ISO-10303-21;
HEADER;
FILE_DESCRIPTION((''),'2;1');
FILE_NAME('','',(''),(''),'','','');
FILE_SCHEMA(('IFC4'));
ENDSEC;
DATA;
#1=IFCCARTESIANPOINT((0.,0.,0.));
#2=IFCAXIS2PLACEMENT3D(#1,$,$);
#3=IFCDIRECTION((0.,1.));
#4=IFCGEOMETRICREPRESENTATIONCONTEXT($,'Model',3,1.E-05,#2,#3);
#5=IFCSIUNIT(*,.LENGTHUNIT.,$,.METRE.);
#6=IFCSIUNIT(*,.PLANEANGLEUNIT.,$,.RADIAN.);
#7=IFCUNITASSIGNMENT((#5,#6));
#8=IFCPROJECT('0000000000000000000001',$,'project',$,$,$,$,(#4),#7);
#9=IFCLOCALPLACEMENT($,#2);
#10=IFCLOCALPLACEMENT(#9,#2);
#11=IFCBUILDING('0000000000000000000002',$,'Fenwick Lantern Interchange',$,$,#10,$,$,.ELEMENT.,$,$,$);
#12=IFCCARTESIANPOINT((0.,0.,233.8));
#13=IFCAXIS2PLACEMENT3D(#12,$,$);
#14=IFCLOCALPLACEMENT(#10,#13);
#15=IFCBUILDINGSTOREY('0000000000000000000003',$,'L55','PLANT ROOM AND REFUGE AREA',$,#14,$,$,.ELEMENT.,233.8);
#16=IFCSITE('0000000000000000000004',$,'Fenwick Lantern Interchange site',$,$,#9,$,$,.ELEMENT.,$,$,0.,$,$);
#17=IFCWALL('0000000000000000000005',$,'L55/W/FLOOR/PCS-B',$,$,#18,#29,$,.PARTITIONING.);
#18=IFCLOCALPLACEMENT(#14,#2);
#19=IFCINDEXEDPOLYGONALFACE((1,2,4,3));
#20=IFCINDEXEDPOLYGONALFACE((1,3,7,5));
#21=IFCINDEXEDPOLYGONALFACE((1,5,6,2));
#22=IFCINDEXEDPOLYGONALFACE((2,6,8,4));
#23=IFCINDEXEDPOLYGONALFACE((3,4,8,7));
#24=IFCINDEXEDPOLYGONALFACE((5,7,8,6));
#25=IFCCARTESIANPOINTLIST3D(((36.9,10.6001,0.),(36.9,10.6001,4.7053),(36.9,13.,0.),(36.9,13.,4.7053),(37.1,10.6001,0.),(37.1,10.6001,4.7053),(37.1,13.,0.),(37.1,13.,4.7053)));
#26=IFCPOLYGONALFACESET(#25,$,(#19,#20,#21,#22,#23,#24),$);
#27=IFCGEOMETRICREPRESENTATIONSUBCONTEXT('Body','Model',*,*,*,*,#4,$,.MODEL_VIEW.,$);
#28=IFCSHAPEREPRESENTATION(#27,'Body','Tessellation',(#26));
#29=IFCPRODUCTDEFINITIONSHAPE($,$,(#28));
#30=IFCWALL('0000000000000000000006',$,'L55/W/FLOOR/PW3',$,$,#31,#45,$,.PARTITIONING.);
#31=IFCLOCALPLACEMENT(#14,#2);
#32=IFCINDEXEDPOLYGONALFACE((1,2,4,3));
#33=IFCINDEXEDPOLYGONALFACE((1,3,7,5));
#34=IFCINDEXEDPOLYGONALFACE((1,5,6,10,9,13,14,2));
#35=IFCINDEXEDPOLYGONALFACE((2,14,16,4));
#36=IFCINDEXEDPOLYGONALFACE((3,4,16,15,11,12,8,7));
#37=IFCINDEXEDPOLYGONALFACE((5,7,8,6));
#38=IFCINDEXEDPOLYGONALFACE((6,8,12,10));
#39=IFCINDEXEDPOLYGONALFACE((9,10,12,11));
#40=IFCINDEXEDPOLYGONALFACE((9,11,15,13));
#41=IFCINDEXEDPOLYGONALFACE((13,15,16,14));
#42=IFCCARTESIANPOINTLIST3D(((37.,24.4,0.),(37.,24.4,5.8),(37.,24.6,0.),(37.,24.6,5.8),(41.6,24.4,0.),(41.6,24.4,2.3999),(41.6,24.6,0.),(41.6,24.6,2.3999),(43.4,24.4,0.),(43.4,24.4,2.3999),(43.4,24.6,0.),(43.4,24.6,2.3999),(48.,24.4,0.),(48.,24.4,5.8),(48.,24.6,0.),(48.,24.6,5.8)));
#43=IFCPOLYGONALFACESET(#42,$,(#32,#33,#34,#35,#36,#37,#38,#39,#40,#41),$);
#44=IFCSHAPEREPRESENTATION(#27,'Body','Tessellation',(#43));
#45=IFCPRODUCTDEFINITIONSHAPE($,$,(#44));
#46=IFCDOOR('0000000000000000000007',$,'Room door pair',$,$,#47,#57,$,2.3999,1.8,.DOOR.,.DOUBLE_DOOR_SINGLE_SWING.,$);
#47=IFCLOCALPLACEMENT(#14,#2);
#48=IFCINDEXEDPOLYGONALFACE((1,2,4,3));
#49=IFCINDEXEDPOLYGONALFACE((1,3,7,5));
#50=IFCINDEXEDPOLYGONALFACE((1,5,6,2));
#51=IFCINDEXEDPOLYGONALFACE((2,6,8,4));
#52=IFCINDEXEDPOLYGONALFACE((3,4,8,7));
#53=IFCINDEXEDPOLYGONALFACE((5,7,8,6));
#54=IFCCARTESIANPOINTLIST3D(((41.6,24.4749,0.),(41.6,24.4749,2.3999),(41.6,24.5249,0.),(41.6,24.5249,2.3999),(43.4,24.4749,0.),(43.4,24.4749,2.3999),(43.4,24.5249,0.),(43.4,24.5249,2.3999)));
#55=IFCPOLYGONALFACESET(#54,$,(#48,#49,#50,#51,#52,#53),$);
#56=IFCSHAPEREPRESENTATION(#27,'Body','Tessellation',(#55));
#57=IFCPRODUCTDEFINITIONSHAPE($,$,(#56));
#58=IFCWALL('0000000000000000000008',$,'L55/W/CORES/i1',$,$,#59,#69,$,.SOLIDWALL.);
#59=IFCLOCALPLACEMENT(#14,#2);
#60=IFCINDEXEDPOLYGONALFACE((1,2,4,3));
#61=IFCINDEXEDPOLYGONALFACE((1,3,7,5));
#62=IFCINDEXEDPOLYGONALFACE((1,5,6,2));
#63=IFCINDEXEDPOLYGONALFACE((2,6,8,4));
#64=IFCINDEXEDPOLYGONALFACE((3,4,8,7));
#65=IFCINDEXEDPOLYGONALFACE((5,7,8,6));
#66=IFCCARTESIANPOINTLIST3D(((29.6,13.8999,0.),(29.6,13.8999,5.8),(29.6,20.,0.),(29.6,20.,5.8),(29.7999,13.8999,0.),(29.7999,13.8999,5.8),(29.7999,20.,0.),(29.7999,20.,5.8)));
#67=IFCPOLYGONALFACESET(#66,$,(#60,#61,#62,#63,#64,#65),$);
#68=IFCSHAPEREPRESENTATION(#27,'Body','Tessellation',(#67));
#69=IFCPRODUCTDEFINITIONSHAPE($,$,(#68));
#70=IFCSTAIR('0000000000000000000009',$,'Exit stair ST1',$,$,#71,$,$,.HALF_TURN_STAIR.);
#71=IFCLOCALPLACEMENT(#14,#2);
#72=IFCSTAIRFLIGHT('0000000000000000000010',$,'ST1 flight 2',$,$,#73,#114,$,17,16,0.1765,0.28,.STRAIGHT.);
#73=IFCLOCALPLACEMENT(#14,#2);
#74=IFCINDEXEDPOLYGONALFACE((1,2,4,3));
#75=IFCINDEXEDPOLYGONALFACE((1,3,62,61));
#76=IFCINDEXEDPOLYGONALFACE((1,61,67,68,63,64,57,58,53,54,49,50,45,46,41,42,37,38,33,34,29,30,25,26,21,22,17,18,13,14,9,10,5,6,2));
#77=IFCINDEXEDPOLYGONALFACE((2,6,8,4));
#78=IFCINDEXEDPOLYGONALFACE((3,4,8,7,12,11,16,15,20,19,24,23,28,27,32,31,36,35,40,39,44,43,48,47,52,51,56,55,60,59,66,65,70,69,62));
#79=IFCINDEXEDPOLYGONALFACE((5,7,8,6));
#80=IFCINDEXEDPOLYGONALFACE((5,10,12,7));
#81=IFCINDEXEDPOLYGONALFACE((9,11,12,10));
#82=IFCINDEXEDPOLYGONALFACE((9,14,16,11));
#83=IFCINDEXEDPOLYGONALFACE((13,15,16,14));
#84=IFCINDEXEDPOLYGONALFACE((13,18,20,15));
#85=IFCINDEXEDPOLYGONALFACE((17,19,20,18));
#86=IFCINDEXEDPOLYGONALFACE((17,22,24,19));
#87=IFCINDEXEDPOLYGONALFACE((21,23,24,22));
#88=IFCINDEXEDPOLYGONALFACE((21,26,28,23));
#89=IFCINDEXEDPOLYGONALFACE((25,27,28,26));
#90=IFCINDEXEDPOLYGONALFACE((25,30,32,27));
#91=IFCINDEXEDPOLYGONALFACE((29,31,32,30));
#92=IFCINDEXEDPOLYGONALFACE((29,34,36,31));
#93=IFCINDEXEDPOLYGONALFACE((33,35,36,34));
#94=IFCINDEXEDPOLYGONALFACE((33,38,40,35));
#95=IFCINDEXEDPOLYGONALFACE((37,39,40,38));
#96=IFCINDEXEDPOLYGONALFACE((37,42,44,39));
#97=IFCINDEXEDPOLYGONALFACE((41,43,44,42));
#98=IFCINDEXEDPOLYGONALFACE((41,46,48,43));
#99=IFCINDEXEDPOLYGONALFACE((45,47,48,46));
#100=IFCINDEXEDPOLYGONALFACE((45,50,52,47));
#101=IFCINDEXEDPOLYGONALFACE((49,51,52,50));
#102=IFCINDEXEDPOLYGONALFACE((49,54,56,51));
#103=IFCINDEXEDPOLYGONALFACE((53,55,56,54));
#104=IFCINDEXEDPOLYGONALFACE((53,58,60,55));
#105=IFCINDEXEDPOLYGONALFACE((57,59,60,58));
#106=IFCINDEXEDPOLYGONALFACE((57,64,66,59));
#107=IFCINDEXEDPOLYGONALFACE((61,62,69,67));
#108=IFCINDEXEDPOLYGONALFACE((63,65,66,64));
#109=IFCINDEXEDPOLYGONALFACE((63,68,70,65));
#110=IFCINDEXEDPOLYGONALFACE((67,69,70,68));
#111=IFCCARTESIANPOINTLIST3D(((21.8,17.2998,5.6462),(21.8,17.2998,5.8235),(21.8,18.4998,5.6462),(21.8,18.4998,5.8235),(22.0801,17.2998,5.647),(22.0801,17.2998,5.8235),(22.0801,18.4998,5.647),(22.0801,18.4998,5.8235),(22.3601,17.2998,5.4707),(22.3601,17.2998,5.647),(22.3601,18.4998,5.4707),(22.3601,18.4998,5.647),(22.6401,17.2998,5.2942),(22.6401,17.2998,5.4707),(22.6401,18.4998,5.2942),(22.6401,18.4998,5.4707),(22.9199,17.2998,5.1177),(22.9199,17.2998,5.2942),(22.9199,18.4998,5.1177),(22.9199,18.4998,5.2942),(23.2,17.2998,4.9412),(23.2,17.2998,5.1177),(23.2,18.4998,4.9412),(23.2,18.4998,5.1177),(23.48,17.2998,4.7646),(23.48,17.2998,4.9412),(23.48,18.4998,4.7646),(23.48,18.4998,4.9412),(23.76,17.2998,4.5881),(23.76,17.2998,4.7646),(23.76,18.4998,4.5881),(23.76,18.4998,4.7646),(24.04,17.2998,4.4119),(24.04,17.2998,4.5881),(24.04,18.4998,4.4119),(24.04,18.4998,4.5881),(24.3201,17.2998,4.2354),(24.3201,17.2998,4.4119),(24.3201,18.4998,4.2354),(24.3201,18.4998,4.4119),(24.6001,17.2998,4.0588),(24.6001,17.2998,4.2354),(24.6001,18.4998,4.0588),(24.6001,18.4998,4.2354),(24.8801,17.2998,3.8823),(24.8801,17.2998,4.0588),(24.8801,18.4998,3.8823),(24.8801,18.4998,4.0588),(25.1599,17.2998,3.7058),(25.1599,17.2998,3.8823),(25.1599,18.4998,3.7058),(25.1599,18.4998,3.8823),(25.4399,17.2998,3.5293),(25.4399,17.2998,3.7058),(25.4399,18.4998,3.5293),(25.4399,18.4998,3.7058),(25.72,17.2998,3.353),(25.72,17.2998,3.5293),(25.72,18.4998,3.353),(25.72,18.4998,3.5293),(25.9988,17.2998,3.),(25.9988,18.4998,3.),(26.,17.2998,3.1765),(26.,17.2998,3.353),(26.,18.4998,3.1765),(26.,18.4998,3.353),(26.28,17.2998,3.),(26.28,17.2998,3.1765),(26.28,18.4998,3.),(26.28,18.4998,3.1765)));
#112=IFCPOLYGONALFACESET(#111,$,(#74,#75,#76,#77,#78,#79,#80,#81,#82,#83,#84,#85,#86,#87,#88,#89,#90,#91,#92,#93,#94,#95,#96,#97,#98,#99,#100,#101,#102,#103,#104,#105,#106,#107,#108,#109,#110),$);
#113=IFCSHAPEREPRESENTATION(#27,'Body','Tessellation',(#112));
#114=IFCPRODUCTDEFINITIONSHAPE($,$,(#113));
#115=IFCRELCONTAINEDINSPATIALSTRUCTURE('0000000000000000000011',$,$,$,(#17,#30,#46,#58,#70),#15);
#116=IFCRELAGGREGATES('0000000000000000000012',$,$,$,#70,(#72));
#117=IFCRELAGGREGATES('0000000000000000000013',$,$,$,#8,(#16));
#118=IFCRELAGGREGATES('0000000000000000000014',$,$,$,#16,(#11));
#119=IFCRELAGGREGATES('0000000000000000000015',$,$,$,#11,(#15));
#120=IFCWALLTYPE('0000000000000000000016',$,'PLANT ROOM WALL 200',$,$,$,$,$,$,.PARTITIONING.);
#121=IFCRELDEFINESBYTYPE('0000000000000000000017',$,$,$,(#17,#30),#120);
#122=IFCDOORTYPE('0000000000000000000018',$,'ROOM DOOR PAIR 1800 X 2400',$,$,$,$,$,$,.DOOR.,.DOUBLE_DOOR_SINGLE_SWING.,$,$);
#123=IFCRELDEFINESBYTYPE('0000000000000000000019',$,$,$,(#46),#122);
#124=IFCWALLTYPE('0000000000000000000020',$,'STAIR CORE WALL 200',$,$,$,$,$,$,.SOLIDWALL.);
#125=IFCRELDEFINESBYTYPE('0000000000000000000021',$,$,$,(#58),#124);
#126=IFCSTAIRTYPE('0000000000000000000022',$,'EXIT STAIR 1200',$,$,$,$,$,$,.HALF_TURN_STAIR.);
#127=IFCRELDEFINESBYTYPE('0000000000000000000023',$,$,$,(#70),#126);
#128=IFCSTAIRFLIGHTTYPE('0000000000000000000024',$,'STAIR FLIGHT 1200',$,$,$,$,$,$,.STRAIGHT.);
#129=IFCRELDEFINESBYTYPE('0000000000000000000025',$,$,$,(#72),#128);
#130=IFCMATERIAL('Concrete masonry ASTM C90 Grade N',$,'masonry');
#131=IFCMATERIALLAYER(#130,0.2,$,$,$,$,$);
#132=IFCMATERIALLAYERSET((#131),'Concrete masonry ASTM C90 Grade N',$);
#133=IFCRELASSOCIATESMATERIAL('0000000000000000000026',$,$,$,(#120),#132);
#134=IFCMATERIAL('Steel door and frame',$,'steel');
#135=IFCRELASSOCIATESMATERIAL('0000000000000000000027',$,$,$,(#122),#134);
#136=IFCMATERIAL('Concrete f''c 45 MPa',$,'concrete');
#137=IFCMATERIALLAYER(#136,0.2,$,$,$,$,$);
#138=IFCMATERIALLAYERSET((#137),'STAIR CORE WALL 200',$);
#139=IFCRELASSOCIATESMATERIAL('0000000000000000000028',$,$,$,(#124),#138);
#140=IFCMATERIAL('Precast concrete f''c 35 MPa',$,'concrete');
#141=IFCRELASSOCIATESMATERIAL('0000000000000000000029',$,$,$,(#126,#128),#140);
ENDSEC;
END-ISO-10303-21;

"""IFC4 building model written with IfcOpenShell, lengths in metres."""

from ifc_helpers import new_model, si_unit, direction, frame, frame_2d, origin, place, context, subcontext, project, spatial, polyline, rectangle, outline, extrude, material, layer, layer_set, type_object, element, fill, aggregate, save


model = new_model("IFC4")

# Units and contexts
model_context = context("Model", 3, precision=1e-05, world=origin(), true_north=direction((0.0, 1.0)))
body_context = subcontext(model_context, "Body", "Model", "MODEL_VIEW")
ifc_project = project(units=[si_unit("LENGTHUNIT", "METRE"), si_unit("PLANEANGLEUNIT", "RADIAN")], contexts=[model_context])

# Site, building, storey
site_placement = place(None, origin())
site = spatial("IfcSite", under=ifc_project, at=site_placement, Name="Fenwick Lantern Interchange site", CompositionType="ELEMENT", RefElevation=0.0)
building_placement = place(site_placement, origin())
building = spatial("IfcBuilding", under=site, at=building_placement, Name="Fenwick Lantern Interchange", CompositionType="ELEMENT")
storey_placement = place(building_placement, frame((0.0, 0.0, 233.8)))
storey = spatial("IfcBuildingStorey", under=building, at=storey_placement, Name="L55", Description="PLANT ROOM AND REFUGE AREA", CompositionType="ELEMENT", Elevation=233.8)

# Shared definitions
ifc_material_1 = material(Name="Concrete masonry ASTM C90 Grade N", Category="masonry")
ifc_material_2 = material(Name="Steel door and frame", Category="steel")

# Wall
ifc_layer_1 = layer(ifc_material_1, 0.2)
ifc_layer_set_1 = layer_set([ifc_layer_1], Name="Concrete masonry ASTM C90 Grade N")
wall_type_1 = type_object("IfcWallType", Name="PLANT ROOM WALL 200", PredefinedType="PARTITIONING", material=ifc_layer_set_1)
wall_1_placement = place(storey_placement, frame((37.0, 10.6001, 0.0), z_axis=(0.0, 0.0, 1.0), x_axis=(0.0, 1.0, 0.0)))
element("IfcWall", 1, at=wall_1_placement, inside=storey, type_object=wall_type_1, Name="L55/W/FLOOR/PCS-B", PredefinedType="PARTITIONING", context=body_context, shape_type="SweptSolid", body=[
    extrude(rectangle(XDim=2.3999, YDim=0.2, at=frame_2d((1.2, 0.0))), origin(), (0.0, 0.0, 1.0), 4.7053),
])

# Wall, opening, door
wall_2_placement = place(storey_placement, frame((37.0, 24.5, 0.0), z_axis=(0.0, 0.0, 1.0), x_axis=(1.0, 0.0, 0.0)))
wall_2 = element("IfcWall", 2, at=wall_2_placement, inside=storey, type_object=wall_type_1, Name="L55/W/FLOOR/PW3", PredefinedType="PARTITIONING", context=body_context, shape_type="SweptSolid", body=[
    extrude(rectangle(XDim=11.0, YDim=0.2, at=frame_2d((5.5, 0.0))), origin(), (0.0, 0.0, 1.0), 5.8),
])
opening_1_placement = place(wall_2_placement, frame((4.6001, 0.0, 0.0)))
opening_1 = element("IfcOpeningElement", 3, at=opening_1_placement, cuts=wall_2, PredefinedType="OPENING", context=body_context, shape_type="SweptSolid", body=[
    extrude(rectangle(XDim=1.8, YDim=2.3999, at=frame_2d((0.8999, 1.2))), frame((0.0, 0.1099, 0.0), z_axis=(0.0, -1.0, 0.0), x_axis=(1.0, 0.0, 0.0)), (0.0, 0.0, 1.0), 0.22),
])
door_type_1 = type_object("IfcDoorType", Name="ROOM DOOR PAIR 1800 X 2400", OperationType="DOUBLE_DOOR_SINGLE_SWING", PredefinedType="DOOR", material=ifc_material_2)
door_1_placement = place(opening_1_placement, origin())
door_1 = element("IfcDoor", 4, at=door_1_placement, inside=storey, type_object=door_type_1, Name="Room door pair", OperationType="DOUBLE_DOOR_SINGLE_SWING", OverallHeight=2.3999, OverallWidth=1.8, PredefinedType="DOOR", context=body_context, shape_type="SweptSolid", body=[
    extrude(rectangle(XDim=1.8, YDim=2.3999, at=frame_2d((0.8999, 1.2))), frame((0.0, 0.0249, 0.0), z_axis=(0.0, -1.0, 0.0), x_axis=(1.0, 0.0, 0.0)), (0.0, 0.0, 1.0), 0.05),
])
fill(opening_1, door_1)

# Wall
ifc_material_3 = material(Name="Concrete f'c 45 MPa", Category="concrete")
ifc_layer_2 = layer(ifc_material_3, 0.2)
ifc_layer_set_2 = layer_set([ifc_layer_2], Name="STAIR CORE WALL 200")
wall_type_2 = type_object("IfcWallType", Name="STAIR CORE WALL 200", PredefinedType="SOLIDWALL", material=ifc_layer_set_2)
wall_3_placement = place(storey_placement, frame((29.7, 13.8999, 0.0), z_axis=(0.0, 0.0, 1.0), x_axis=(0.0, 1.0, 0.0)))
element("IfcWall", 5, at=wall_3_placement, inside=storey, type_object=wall_type_2, Name="L55/W/CORES/i1", PredefinedType="SOLIDWALL", context=body_context, shape_type="SweptSolid", body=[
    extrude(rectangle(XDim=6.1001, YDim=0.2, at=frame_2d((3.05, 0.0))), origin(), (0.0, 0.0, 1.0), 5.8),
])

# Stair, stair flight
ifc_material_4 = material(Name="Precast concrete f'c 35 MPa", Category="concrete")
stair_type = type_object("IfcStairType", Name="EXIT STAIR 1200", PredefinedType="HALF_TURN_STAIR", material=ifc_material_4)
stair_placement = place(storey_placement, origin())
stair = element("IfcStair", 6, at=stair_placement, inside=storey, type_object=stair_type, Name="Exit stair ST1", PredefinedType="HALF_TURN_STAIR")
stair_flight_type = type_object("IfcStairFlightType", Name="STAIR FLIGHT 1200", PredefinedType="STRAIGHT", material=ifc_material_4)
stair_flight_placement = place(storey_placement, frame((26.28, 17.8999, 3.0), z_axis=(0.0, 0.0, 1.0), x_axis=(-1.0, 0.0, 0.0)))
stair_flight = element("IfcStairFlight", 7, at=stair_flight_placement, type_object=stair_flight_type, Name="ST1 flight 2", NumberOfRisers=17, NumberOfTreads=16, PredefinedType="STRAIGHT", RiserHeight=0.1765, TreadLength=0.28, context=body_context, shape_type="SweptSolid", body=[
    extrude(outline(polyline([(0.0, 0.0), (0.0, 0.1765), (0.28, 0.1765), (0.28, 0.353), (0.5601, 0.353), (0.5601, 0.5293), (0.8401, 0.5293), (0.8401, 0.7058), (1.1201, 0.7058), (1.1201, 0.8823), (1.3999, 0.8823), (1.3999, 1.0588), (1.6799, 1.0588), (1.6799, 1.2354), (1.96, 1.2354), (1.96, 1.4119), (2.24, 1.4119), (2.24, 1.5881), (2.52, 1.5881), (2.52, 1.7646), (2.8, 1.7646), (2.8, 1.9412), (3.0801, 1.9412), (3.0801, 2.1177), (3.3601, 2.1177), (3.3601, 2.2942), (3.6399, 2.2942), (3.6399, 2.4707), (3.9199, 2.4707), (3.9199, 2.647), (4.2, 2.647), (4.2, 2.8235), (4.48, 2.8235), (4.48, 3.0), (4.48, 2.6462), (0.2812, 0.0), (0.0, 0.0)])), frame((0.0, 0.6001, 0.0), z_axis=(0.0, -1.0, 0.0), x_axis=(1.0, 0.0, 0.0)), (0.0, 0.0, 1.0), 1.2),
])
aggregate(stair, [stair_flight])

save(model, "model.ifc")
